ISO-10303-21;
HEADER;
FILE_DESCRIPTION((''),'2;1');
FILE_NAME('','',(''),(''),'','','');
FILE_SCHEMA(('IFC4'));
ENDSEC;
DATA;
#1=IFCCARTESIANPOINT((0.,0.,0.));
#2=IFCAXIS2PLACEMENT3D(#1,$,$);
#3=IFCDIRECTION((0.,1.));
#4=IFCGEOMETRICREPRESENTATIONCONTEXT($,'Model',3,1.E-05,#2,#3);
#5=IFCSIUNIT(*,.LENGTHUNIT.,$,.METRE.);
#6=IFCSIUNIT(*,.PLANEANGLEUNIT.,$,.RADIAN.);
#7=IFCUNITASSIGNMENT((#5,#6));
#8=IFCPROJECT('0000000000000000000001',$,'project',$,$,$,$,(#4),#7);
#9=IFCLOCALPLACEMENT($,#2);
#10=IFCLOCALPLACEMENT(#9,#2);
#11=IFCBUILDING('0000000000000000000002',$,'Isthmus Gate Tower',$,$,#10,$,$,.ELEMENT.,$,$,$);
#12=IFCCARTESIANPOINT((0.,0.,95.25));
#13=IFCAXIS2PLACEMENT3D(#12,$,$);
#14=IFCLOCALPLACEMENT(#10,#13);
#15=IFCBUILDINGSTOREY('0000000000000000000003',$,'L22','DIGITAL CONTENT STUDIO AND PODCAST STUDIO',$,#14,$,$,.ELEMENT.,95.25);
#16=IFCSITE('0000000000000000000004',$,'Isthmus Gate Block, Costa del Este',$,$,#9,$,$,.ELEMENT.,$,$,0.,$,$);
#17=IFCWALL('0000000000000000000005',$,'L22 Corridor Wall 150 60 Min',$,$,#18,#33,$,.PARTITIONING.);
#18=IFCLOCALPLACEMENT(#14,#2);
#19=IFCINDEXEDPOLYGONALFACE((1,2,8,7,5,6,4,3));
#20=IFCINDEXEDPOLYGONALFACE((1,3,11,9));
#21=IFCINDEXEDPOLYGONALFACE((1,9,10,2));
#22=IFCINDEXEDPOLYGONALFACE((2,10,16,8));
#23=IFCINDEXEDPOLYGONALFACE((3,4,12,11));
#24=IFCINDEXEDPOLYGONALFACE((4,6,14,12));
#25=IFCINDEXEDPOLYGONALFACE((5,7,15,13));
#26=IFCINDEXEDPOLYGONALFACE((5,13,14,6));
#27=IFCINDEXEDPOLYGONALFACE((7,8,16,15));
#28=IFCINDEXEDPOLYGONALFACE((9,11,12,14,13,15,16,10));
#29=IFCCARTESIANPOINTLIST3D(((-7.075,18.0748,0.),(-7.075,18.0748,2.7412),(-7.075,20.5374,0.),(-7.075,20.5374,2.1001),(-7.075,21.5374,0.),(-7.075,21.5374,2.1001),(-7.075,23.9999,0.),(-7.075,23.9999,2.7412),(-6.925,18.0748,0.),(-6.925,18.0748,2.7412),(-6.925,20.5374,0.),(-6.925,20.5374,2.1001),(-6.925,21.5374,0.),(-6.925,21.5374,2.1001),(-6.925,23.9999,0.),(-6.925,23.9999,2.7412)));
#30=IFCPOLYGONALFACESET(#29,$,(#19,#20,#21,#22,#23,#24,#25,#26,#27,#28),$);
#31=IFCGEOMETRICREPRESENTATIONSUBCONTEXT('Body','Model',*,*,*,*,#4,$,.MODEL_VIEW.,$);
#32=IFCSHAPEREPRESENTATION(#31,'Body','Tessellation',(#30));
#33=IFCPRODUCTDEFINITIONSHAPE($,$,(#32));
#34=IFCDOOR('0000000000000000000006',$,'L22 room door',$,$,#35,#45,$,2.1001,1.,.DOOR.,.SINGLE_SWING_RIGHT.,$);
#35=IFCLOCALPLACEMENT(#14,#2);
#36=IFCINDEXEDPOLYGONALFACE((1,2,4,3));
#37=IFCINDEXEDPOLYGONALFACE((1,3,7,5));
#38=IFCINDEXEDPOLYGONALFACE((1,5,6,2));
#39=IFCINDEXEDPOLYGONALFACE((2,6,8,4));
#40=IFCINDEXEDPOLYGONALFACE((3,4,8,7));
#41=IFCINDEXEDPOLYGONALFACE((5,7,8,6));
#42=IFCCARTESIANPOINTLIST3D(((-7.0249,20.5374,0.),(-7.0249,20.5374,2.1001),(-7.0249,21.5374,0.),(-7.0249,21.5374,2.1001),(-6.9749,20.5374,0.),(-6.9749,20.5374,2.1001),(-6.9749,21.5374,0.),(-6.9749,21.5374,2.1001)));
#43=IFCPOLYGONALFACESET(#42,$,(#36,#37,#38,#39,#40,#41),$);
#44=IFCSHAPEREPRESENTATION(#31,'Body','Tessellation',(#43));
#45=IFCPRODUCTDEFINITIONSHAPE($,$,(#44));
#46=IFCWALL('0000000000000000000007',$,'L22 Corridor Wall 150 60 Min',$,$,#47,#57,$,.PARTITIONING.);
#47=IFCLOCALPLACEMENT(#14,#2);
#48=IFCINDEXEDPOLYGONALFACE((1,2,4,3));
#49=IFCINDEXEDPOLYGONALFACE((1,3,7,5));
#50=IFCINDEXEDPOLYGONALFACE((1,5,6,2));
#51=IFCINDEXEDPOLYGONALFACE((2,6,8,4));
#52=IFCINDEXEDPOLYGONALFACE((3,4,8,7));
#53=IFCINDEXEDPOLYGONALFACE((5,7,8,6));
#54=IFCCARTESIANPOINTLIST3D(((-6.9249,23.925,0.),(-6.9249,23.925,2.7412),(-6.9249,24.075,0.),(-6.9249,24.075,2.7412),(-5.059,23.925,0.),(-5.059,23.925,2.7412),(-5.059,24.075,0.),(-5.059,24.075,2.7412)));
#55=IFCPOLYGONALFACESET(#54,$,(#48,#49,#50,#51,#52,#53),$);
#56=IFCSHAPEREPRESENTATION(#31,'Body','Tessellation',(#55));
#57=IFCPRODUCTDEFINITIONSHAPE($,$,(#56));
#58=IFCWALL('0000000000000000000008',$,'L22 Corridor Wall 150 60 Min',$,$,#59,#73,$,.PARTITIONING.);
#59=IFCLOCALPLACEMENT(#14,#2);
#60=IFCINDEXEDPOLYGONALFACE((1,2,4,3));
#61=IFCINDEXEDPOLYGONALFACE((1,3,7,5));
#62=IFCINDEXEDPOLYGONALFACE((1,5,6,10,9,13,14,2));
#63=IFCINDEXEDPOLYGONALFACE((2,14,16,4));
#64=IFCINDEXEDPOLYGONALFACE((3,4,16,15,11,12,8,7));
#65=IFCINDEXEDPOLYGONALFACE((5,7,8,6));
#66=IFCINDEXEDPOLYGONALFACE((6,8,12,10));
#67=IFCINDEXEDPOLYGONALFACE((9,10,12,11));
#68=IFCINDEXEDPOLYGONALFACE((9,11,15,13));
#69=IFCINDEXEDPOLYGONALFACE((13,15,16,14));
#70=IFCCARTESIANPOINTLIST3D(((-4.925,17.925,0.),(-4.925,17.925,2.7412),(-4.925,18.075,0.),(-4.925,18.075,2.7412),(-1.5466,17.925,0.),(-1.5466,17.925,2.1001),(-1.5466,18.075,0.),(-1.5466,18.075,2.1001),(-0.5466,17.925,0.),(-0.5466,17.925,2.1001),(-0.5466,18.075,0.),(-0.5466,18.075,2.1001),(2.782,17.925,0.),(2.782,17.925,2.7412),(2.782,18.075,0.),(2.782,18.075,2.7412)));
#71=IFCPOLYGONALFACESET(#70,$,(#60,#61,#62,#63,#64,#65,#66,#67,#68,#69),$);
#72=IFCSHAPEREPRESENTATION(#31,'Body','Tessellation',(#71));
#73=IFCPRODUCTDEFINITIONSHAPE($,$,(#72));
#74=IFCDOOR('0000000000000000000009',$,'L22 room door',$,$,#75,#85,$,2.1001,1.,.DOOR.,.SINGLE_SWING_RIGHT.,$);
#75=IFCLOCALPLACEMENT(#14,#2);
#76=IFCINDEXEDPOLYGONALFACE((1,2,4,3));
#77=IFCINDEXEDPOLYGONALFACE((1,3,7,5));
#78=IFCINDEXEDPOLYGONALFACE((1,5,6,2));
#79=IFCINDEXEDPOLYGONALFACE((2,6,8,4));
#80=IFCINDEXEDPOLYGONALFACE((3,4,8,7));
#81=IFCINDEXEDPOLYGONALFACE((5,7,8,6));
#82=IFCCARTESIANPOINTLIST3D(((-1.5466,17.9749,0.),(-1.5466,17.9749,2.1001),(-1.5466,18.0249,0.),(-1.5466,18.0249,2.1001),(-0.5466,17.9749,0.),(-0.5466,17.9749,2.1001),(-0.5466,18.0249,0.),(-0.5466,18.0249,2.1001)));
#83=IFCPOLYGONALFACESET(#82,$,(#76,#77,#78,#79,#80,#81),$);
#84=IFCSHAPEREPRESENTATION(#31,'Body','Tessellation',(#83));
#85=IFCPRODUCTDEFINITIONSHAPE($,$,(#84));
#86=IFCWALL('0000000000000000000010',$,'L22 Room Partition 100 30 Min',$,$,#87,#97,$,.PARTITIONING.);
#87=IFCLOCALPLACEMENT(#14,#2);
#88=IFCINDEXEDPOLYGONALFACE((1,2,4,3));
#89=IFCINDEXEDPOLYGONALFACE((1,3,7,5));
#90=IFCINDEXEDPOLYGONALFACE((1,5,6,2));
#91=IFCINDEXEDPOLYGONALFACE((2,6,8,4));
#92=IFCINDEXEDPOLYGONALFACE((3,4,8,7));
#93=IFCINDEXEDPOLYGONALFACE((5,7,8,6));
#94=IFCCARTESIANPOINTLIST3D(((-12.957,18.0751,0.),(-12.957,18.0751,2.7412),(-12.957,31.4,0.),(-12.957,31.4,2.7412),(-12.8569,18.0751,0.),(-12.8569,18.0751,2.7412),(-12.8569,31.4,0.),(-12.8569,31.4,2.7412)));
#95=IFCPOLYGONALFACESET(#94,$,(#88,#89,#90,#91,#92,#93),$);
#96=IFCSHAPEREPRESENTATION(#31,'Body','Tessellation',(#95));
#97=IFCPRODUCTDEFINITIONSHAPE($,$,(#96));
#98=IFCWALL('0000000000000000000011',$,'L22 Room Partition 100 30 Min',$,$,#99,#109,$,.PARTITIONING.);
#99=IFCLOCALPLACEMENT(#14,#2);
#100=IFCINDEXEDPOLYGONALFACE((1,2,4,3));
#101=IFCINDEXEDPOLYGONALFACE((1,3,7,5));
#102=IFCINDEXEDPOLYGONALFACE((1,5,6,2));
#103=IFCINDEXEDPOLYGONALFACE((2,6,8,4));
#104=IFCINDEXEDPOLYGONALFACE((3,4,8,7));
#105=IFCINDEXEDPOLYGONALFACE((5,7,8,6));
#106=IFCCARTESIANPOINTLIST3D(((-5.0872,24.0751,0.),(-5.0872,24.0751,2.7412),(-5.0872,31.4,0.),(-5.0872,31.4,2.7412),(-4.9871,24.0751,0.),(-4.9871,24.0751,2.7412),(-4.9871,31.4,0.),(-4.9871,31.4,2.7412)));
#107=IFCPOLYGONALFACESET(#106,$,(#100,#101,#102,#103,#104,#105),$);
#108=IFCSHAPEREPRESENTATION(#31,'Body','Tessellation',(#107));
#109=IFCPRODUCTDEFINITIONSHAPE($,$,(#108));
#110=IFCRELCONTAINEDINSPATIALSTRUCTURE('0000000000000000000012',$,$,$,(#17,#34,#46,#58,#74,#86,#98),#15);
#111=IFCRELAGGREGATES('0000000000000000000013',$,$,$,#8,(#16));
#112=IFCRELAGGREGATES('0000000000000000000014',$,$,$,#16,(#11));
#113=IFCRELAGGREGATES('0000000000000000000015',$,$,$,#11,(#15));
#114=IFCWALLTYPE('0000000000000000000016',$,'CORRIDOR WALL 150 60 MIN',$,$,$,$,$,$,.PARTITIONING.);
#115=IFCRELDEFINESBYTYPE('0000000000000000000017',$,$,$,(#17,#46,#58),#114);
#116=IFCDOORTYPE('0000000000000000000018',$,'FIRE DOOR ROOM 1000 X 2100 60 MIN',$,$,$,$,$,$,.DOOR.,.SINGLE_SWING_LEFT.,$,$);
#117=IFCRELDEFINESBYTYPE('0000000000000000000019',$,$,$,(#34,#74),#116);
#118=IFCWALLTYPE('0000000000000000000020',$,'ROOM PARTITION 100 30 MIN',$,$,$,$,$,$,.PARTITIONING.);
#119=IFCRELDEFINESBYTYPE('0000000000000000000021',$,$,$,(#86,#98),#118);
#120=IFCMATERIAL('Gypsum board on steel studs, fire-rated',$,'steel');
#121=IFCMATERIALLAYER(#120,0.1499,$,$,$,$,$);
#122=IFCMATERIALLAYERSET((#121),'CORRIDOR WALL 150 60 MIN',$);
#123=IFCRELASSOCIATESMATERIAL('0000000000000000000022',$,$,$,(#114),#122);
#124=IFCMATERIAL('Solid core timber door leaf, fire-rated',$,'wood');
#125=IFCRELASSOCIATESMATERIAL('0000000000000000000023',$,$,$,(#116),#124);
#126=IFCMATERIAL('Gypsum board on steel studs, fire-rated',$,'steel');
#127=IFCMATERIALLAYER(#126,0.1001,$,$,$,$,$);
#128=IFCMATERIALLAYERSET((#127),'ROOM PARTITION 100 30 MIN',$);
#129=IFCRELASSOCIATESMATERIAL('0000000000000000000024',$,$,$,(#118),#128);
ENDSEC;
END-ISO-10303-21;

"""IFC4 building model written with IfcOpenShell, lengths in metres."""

from ifc_helpers import new_model, si_unit, direction, frame, frame_2d, origin, place, context, subcontext, project, spatial, rectangle, extrude, material, layer, layer_set, type_object, element, fill, save


model = new_model("IFC4")

# Units and contexts
model_context = context("Model", 3, precision=1e-05, world=origin(), true_north=direction((0.0, 1.0)))
body_context = subcontext(model_context, "Body", "Model", "MODEL_VIEW")
ifc_project = project(units=[si_unit("LENGTHUNIT", "METRE"), si_unit("PLANEANGLEUNIT", "RADIAN")], contexts=[model_context])

# Site, building, storey
site_placement = place(None, origin())
site = spatial("IfcSite", under=ifc_project, at=site_placement, Name="Isthmus Gate Block, Costa del Este", CompositionType="ELEMENT", RefElevation=0.0)
building_placement = place(site_placement, origin())
building = spatial("IfcBuilding", under=site, at=building_placement, Name="Isthmus Gate Tower", CompositionType="ELEMENT")
storey_placement = place(building_placement, frame((0.0, 0.0, 95.25)))
storey = spatial("IfcBuildingStorey", under=building, at=storey_placement, Name="L22", Description="DIGITAL CONTENT STUDIO AND PODCAST STUDIO", CompositionType="ELEMENT", Elevation=95.25)

# Shared definitions
ifc_material_1 = material(Name="Gypsum board on steel studs, fire-rated", Category="steel")
ifc_layer_1 = layer(ifc_material_1, 0.1499)
ifc_layer_set_1 = layer_set([ifc_layer_1], Name="CORRIDOR WALL 150 60 MIN")
wall_type_1 = type_object("IfcWallType", Name="CORRIDOR WALL 150 60 MIN", PredefinedType="PARTITIONING", material=ifc_layer_set_1)

# Wall, opening, door
wall_1_placement = place(storey_placement, frame((-7.0, 18.075, 0.0), z_axis=(0.0, 0.0, 1.0), x_axis=(0.0, 1.0, 0.0)))
wall_1 = element("IfcWall", 1, at=wall_1_placement, inside=storey, type_object=wall_type_1, Name="L22 Corridor Wall 150 60 Min", PredefinedType="PARTITIONING", context=body_context, shape_type="SweptSolid", body=[
    extrude(rectangle(XDim=5.925, YDim=0.1499, at=frame_2d((2.9624, 0.0))), origin(), (0.0, 0.0, 1.0), 2.7412),
])
opening_1_placement = place(wall_1_placement, frame((2.4624, 0.0, 0.0)))
opening_1 = element("IfcOpeningElement", 2, at=opening_1_placement, cuts=wall_1, PredefinedType="OPENING", context=body_context, shape_type="SweptSolid", body=[
    extrude(rectangle(XDim=1.0, YDim=2.1001, at=frame_2d((0.5, 1.05))), frame((0.0, 0.085, 0.0), z_axis=(0.0, -1.0, 0.0), x_axis=(1.0, 0.0, 0.0)), (0.0, 0.0, 1.0), 0.1699),
])
ifc_material_2 = material(Name="Solid core timber door leaf, fire-rated", Category="wood")
door_type = type_object("IfcDoorType", Name="FIRE DOOR ROOM 1000 X 2100 60 MIN", OperationType="SINGLE_SWING_LEFT", PredefinedType="DOOR", material=ifc_material_2)
door_1_placement = place(opening_1_placement, origin())
door_1 = element("IfcDoor", 3, at=door_1_placement, inside=storey, type_object=door_type, Name="L22 room door", OperationType="SINGLE_SWING_RIGHT", OverallHeight=2.1001, OverallWidth=1.0, PredefinedType="DOOR", context=body_context, shape_type="SweptSolid", body=[
    extrude(rectangle(XDim=1.0, YDim=2.1001, at=frame_2d((0.5, 1.05))), frame((0.0, 0.0249, 0.0), z_axis=(0.0, -1.0, 0.0), x_axis=(1.0, 0.0, 0.0)), (0.0, 0.0, 1.0), 0.05),
])
fill(opening_1, door_1)

# Wall
wall_2_placement = place(storey_placement, frame((-6.925, 24.0, 0.0), z_axis=(0.0, 0.0, 1.0), x_axis=(1.0, 0.0, 0.0)))
element("IfcWall", 4, at=wall_2_placement, inside=storey, type_object=wall_type_1, Name="L22 Corridor Wall 150 60 Min", PredefinedType="PARTITIONING", context=body_context, shape_type="SweptSolid", body=[
    extrude(rectangle(XDim=1.866, YDim=0.1499, at=frame_2d((0.9331, 0.0))), origin(), (0.0, 0.0, 1.0), 2.7412),
])

# Wall, opening, door
wall_3_placement = place(storey_placement, frame((-4.925, 18.0, 0.0), z_axis=(0.0, 0.0, 1.0), x_axis=(1.0, 0.0, 0.0)))
wall_3 = element("IfcWall", 5, at=wall_3_placement, inside=storey, type_object=wall_type_1, Name="L22 Corridor Wall 150 60 Min", PredefinedType="PARTITIONING", context=body_context, shape_type="SweptSolid", body=[
    extrude(rectangle(XDim=7.707, YDim=0.1499, at=frame_2d((3.8535, 0.0))), origin(), (0.0, 0.0, 1.0), 2.7412),
])
opening_2_placement = place(wall_3_placement, frame((3.3784, 0.0, 0.0)))
opening_2 = element("IfcOpeningElement", 6, at=opening_2_placement, cuts=wall_3, PredefinedType="OPENING", context=body_context, shape_type="SweptSolid", body=[
    extrude(rectangle(XDim=1.0, YDim=2.1001, at=frame_2d((0.5, 1.05))), frame((0.0, 0.085, 0.0), z_axis=(0.0, -1.0, 0.0), x_axis=(1.0, 0.0, 0.0)), (0.0, 0.0, 1.0), 0.1699),
])
door_2_placement = place(opening_2_placement, origin())
door_2 = element("IfcDoor", 7, at=door_2_placement, inside=storey, type_object=door_type, Name="L22 room door", OperationType="SINGLE_SWING_RIGHT", OverallHeight=2.1001, OverallWidth=1.0, PredefinedType="DOOR", context=body_context, shape_type="SweptSolid", body=[
    extrude(rectangle(XDim=1.0, YDim=2.1001, at=frame_2d((0.5, 1.05))), frame((0.0, 0.0249, 0.0), z_axis=(0.0, -1.0, 0.0), x_axis=(1.0, 0.0, 0.0)), (0.0, 0.0, 1.0), 0.05),
])
fill(opening_2, door_2)

# Walls
ifc_material_3 = material(Name="Gypsum board on steel studs, fire-rated", Category="steel")
ifc_layer_2 = layer(ifc_material_3, 0.1001)
ifc_layer_set_2 = layer_set([ifc_layer_2], Name="ROOM PARTITION 100 30 MIN")
wall_type_2 = type_object("IfcWallType", Name="ROOM PARTITION 100 30 MIN", PredefinedType="PARTITIONING", material=ifc_layer_set_2)
wall_4_placement = place(storey_placement, frame((-12.907, 18.075, 0.0), z_axis=(0.0, 0.0, 1.0), x_axis=(0.0, 1.0, 0.0)))
element("IfcWall", 8, at=wall_4_placement, inside=storey, type_object=wall_type_2, Name="L22 Room Partition 100 30 Min", PredefinedType="PARTITIONING", context=body_context, shape_type="SweptSolid", body=[
    extrude(rectangle(XDim=13.325, YDim=0.1001, at=frame_2d((6.6626, 0.0))), origin(), (0.0, 0.0, 1.0), 2.7412),
])
wall_5_placement = place(storey_placement, frame((-5.0371, 24.075, 0.0), z_axis=(0.0, 0.0, 1.0), x_axis=(0.0, 1.0, 0.0)))
element("IfcWall", 9, at=wall_5_placement, inside=storey, type_object=wall_type_2, Name="L22 Room Partition 100 30 Min", PredefinedType="PARTITIONING", context=body_context, shape_type="SweptSolid", body=[
    extrude(rectangle(XDim=7.325, YDim=0.1001, at=frame_2d((3.6626, 0.0))), origin(), (0.0, 0.0, 1.0), 2.7412),
])

save(model, "model.ifc")
